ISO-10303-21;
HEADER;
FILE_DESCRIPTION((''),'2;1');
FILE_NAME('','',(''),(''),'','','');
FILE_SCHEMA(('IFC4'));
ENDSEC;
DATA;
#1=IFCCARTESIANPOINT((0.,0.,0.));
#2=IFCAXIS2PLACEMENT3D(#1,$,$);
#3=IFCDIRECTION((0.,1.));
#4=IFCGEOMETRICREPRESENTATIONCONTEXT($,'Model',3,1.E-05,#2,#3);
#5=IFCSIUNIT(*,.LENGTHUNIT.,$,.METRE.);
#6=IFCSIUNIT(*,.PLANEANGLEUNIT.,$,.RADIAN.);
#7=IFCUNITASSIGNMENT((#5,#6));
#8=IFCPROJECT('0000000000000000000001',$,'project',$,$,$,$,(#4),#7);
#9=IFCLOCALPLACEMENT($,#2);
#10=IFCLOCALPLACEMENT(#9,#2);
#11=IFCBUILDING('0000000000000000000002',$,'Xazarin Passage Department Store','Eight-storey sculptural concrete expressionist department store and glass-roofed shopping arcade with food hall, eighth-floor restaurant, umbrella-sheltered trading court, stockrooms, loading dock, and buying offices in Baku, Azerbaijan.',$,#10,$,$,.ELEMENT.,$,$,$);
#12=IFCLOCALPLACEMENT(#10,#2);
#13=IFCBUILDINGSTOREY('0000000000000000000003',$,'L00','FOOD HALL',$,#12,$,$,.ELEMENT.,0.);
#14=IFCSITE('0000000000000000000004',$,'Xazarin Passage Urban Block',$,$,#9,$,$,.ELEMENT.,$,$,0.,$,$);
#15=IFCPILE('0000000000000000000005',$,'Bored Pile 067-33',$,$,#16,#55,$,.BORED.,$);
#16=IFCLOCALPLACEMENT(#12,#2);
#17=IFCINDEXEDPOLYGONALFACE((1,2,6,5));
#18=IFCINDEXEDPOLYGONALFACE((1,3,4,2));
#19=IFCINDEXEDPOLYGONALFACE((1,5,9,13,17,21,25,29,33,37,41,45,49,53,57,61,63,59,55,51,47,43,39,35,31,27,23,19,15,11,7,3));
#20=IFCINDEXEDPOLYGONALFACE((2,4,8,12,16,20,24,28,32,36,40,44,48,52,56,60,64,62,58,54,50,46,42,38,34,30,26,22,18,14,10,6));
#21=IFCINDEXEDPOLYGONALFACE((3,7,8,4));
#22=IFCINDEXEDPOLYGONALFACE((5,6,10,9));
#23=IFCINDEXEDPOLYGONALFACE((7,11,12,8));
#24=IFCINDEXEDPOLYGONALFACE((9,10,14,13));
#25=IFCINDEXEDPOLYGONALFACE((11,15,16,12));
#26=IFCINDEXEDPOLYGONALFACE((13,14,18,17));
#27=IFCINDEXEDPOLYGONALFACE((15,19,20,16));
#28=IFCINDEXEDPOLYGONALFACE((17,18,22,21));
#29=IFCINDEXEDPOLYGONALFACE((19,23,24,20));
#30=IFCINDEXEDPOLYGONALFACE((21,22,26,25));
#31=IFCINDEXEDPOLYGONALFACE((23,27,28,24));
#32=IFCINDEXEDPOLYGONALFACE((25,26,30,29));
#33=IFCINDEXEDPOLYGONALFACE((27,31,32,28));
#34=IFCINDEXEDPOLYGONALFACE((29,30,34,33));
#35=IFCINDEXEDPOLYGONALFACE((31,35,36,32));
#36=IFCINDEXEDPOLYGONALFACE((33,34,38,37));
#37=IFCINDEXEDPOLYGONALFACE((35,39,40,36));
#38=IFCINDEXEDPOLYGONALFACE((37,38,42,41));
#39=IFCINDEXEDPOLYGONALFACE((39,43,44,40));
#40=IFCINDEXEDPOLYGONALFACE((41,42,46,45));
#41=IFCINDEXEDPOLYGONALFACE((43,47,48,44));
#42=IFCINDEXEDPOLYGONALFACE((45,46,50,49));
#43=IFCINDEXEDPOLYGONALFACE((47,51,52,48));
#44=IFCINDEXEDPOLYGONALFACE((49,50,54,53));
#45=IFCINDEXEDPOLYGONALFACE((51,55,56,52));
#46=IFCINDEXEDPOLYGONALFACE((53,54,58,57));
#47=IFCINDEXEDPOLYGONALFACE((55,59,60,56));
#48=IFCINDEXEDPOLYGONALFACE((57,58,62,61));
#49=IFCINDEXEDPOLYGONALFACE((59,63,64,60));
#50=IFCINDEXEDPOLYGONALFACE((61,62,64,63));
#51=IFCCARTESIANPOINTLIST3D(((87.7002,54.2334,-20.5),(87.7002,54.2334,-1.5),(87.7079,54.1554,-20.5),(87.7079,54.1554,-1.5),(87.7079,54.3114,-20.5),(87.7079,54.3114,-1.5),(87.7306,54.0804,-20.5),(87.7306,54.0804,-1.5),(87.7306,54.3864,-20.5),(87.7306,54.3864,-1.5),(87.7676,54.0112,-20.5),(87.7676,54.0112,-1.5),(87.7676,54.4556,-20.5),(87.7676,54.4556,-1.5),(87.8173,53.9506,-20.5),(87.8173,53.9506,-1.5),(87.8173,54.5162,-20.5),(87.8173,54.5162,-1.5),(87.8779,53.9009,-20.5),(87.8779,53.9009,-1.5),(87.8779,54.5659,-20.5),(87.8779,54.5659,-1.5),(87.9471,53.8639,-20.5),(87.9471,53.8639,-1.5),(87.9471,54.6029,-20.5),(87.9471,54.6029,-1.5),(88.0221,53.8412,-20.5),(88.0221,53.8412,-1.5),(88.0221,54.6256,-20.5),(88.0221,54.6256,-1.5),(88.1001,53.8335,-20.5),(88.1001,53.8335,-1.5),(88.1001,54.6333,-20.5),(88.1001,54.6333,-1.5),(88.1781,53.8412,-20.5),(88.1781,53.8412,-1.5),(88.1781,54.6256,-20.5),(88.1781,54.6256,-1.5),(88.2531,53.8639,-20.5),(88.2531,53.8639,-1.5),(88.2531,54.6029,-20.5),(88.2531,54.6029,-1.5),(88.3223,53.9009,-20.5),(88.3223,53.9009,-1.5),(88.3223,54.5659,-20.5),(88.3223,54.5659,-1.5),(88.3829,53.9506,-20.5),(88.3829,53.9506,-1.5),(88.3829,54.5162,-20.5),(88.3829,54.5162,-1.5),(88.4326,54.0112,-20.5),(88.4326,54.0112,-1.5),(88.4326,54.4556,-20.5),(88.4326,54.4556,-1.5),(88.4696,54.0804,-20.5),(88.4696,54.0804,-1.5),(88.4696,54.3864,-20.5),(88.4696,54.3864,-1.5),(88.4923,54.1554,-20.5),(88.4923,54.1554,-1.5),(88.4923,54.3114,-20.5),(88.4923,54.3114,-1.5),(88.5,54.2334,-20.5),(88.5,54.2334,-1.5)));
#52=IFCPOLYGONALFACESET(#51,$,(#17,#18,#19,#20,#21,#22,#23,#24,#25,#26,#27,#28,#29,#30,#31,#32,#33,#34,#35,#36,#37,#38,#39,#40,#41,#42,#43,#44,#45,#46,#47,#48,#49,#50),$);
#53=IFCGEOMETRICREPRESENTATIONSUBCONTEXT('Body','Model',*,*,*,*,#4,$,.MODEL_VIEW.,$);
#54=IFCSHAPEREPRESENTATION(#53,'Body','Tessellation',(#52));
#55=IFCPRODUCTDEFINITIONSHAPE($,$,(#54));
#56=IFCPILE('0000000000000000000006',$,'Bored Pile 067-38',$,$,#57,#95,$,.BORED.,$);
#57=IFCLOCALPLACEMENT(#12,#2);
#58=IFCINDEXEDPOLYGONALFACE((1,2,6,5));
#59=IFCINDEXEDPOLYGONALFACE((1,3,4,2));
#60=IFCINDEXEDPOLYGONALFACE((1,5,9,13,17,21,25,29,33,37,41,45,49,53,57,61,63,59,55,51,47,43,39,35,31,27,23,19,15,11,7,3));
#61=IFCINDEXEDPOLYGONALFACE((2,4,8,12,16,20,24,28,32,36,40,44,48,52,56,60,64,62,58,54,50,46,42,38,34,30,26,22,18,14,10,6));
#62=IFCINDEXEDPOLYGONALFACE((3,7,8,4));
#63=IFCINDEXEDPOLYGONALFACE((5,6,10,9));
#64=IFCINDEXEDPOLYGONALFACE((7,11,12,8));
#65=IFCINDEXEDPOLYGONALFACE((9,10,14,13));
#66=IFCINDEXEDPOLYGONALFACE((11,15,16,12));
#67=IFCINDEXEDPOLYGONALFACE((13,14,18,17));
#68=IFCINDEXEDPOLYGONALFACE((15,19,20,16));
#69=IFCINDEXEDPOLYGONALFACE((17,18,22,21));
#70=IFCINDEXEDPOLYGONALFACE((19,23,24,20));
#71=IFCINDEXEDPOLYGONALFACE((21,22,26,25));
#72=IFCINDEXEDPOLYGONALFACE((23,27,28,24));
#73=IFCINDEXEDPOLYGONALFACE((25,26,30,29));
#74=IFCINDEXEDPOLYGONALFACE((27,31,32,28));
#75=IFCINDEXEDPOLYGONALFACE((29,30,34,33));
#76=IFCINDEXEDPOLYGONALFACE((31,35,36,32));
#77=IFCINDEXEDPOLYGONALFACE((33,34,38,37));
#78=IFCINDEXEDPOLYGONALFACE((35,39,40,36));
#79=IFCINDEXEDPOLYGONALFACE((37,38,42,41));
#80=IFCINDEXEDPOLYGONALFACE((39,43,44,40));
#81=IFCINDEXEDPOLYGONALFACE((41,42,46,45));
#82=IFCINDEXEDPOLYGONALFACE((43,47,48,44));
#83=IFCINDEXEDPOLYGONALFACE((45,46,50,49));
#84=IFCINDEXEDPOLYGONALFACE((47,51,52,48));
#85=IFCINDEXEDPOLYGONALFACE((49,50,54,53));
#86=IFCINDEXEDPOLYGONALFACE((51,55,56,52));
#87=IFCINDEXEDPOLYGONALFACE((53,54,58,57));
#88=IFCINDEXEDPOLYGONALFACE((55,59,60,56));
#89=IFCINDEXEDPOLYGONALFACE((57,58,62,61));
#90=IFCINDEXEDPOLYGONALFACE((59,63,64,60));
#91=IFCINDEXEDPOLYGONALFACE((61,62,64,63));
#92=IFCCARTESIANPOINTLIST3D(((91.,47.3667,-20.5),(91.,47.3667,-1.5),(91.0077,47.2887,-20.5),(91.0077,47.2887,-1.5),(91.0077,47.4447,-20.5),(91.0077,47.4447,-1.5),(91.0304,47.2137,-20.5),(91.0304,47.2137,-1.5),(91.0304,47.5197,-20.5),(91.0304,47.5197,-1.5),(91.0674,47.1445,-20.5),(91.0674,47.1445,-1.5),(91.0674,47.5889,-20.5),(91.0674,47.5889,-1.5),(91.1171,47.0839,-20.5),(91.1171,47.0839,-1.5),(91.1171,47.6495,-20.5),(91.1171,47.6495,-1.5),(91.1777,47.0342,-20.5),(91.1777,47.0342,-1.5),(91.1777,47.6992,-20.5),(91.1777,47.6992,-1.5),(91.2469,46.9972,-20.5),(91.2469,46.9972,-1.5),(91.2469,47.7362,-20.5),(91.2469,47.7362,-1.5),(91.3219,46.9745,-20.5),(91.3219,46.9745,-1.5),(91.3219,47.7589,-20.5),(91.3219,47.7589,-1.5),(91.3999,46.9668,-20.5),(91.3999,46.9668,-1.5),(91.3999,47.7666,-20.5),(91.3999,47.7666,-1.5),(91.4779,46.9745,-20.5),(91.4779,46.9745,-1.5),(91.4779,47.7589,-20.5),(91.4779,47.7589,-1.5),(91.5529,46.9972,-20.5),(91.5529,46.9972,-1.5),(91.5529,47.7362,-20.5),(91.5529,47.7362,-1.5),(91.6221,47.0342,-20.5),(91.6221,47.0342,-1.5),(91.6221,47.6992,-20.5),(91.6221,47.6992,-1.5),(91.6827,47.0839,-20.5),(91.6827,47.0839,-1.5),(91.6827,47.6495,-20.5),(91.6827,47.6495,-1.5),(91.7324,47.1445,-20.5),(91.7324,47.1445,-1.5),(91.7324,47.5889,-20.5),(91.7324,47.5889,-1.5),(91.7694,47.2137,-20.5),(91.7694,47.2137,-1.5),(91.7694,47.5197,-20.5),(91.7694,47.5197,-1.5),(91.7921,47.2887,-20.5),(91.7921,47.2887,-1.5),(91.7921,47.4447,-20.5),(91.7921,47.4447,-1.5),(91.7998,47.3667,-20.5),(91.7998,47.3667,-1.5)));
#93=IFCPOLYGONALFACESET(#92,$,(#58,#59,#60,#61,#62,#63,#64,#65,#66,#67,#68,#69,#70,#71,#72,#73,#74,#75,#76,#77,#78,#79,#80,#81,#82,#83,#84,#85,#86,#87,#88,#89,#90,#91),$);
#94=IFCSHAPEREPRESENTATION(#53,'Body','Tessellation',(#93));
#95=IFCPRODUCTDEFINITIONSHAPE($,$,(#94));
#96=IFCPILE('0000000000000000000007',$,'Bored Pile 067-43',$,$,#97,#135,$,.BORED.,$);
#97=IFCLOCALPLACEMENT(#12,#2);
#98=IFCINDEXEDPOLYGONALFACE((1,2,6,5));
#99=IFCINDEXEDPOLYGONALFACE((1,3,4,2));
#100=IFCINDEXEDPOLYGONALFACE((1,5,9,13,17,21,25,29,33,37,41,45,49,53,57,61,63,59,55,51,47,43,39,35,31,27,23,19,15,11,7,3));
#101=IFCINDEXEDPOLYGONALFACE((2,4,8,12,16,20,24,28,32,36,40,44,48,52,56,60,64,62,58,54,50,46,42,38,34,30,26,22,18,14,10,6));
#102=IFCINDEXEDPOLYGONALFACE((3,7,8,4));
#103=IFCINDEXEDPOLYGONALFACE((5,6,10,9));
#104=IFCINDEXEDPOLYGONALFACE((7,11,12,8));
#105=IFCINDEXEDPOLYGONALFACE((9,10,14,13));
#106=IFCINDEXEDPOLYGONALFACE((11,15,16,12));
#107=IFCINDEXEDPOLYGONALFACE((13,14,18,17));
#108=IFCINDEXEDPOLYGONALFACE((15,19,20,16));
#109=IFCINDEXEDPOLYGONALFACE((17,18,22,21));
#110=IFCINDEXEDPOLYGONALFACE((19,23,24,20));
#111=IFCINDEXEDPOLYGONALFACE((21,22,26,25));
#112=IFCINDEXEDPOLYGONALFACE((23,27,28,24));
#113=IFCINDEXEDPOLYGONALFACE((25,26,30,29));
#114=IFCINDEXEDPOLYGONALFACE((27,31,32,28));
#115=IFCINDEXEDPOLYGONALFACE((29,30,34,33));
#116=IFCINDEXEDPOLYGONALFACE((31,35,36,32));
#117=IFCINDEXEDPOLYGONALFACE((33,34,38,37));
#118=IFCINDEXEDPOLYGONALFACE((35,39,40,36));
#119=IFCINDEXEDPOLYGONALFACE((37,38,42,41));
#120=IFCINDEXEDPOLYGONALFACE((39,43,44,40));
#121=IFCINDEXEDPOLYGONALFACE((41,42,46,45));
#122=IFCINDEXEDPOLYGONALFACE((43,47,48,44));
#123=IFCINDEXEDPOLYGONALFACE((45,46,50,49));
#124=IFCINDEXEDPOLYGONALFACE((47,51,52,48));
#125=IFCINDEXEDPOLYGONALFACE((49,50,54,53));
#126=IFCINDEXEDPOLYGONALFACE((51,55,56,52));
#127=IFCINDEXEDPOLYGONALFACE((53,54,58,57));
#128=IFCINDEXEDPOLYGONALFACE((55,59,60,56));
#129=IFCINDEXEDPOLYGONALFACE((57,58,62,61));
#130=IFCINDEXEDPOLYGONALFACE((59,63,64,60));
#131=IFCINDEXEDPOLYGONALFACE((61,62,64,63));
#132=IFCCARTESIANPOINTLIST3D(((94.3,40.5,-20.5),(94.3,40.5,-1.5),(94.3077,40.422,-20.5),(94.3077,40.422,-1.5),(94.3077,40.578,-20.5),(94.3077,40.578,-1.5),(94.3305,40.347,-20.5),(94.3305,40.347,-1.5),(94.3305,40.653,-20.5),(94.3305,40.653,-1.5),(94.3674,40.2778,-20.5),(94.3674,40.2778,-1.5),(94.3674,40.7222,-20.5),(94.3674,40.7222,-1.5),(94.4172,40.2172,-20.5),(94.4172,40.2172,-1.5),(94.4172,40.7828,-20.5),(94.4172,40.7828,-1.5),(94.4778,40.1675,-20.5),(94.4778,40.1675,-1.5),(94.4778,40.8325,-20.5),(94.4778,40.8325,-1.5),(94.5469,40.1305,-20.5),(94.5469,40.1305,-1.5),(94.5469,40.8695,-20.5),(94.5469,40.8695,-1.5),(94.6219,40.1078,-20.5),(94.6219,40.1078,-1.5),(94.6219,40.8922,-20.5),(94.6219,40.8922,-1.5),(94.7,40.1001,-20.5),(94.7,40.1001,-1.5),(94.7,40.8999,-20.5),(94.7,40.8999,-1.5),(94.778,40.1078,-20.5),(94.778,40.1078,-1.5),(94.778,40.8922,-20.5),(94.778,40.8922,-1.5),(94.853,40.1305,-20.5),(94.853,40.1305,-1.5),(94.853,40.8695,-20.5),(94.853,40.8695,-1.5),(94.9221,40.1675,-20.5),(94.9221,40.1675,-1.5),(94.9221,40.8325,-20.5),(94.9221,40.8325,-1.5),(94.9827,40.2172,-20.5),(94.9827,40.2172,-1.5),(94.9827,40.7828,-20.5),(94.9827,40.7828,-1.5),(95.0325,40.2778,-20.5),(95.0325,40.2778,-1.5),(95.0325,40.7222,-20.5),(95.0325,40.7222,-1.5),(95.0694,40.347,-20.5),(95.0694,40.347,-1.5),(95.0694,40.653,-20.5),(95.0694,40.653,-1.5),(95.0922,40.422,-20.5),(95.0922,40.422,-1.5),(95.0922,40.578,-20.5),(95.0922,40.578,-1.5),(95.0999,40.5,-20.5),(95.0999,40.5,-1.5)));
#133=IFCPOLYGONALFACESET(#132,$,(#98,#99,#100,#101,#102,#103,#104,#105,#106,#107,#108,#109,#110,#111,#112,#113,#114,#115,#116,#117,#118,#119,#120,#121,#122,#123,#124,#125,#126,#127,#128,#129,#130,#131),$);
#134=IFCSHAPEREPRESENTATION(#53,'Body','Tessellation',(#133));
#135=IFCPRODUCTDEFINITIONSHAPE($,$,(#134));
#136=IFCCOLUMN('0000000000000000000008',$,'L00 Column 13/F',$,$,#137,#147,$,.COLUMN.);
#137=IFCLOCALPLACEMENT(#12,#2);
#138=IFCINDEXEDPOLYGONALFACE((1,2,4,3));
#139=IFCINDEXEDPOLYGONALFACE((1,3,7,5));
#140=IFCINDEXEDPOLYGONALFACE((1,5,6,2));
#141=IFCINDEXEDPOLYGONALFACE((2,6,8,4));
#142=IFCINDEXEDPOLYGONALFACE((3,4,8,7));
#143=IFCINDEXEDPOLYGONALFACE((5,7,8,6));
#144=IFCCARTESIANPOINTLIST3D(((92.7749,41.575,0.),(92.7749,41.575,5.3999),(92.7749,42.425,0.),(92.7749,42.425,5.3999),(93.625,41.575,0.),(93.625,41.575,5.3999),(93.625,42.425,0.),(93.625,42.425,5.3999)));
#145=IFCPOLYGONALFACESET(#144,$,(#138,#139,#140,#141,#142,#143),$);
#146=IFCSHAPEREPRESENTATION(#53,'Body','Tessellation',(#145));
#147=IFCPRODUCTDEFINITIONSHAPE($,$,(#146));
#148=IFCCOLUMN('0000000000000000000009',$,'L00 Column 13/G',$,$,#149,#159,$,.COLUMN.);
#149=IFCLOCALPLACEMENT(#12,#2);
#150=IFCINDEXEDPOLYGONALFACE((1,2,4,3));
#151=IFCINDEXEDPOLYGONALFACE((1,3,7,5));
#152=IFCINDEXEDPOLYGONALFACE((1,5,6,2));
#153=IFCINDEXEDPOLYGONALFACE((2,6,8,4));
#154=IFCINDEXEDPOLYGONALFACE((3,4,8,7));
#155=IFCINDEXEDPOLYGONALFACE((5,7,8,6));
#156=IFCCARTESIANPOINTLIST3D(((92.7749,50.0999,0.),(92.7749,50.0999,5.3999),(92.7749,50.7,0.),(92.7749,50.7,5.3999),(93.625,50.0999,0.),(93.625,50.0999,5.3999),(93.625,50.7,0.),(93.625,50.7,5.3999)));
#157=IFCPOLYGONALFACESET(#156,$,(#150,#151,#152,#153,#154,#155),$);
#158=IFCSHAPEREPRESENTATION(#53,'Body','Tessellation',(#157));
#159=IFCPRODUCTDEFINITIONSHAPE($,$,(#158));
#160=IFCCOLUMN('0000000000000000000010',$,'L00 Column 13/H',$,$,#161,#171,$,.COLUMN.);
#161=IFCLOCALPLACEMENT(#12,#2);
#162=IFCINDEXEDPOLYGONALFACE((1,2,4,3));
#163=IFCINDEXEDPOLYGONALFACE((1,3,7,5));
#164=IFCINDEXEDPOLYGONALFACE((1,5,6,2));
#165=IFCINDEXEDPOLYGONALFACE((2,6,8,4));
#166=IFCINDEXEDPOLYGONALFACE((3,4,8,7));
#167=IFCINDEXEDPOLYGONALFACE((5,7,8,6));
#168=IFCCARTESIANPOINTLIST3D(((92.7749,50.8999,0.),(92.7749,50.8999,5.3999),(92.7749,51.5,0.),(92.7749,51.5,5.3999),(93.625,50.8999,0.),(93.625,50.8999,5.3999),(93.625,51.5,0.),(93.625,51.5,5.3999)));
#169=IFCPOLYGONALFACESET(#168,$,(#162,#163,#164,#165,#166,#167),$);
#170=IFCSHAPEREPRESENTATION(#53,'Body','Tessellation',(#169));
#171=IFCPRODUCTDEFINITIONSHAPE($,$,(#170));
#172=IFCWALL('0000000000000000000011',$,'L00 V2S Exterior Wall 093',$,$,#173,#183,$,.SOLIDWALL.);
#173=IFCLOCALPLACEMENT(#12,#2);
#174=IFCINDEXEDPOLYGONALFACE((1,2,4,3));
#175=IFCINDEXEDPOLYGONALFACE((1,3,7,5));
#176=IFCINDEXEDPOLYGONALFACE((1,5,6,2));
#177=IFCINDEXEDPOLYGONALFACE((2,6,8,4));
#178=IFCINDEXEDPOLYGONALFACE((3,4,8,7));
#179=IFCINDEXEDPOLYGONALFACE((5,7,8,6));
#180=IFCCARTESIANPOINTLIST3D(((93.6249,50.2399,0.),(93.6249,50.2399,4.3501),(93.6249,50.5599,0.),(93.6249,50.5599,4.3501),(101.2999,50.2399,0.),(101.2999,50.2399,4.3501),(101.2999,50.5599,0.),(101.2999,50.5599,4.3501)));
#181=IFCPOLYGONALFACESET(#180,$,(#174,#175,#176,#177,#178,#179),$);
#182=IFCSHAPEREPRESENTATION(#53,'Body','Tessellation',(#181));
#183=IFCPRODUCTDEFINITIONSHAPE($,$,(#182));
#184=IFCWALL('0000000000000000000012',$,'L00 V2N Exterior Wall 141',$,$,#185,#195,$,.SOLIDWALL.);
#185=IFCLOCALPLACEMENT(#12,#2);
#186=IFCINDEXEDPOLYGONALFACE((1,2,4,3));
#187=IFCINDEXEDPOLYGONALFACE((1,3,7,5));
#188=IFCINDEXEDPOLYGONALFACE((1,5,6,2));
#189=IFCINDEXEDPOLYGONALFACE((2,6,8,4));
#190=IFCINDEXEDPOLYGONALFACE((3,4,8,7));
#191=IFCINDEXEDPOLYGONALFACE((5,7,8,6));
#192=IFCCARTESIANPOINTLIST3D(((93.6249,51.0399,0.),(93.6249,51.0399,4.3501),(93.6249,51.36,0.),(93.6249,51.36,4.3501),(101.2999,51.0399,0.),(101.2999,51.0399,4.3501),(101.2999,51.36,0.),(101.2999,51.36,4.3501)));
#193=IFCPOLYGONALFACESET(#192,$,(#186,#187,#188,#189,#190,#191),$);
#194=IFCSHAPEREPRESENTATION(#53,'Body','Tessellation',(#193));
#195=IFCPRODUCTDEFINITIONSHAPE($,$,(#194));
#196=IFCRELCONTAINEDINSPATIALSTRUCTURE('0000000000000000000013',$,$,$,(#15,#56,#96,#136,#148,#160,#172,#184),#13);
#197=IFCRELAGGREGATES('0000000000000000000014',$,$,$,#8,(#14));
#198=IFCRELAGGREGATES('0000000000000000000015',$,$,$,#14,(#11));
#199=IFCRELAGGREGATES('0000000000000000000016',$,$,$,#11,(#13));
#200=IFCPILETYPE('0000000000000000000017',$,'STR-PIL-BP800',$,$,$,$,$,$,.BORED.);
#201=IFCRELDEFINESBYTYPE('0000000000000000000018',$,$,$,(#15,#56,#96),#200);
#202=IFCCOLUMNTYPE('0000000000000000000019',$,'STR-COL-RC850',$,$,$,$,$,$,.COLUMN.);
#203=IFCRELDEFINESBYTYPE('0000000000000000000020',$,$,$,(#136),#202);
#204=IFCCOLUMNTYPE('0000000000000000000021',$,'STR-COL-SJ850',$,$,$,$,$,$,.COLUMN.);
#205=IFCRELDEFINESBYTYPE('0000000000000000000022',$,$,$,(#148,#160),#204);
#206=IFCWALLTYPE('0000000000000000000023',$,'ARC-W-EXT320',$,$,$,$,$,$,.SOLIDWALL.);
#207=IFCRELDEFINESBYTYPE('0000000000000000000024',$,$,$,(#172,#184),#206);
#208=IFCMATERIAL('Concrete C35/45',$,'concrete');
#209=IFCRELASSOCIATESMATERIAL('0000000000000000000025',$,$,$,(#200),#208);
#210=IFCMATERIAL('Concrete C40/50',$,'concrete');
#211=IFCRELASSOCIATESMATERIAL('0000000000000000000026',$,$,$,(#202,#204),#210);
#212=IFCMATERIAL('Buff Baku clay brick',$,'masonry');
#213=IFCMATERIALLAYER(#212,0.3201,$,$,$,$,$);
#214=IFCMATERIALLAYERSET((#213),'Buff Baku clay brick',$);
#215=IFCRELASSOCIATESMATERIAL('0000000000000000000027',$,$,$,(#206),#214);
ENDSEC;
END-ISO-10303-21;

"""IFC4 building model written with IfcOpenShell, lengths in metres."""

from ifc_helpers import new_model, si_unit, direction, frame, frame_2d, origin, origin_2d, place, context, subcontext, project, spatial, rectangle, circle, extrude, material, layer, layer_set, material_profile, profile_set, type_object, element, save


model = new_model("IFC4")

# Units and contexts
model_context = context("Model", 3, precision=1e-05, world=origin(), true_north=direction((0.0, 1.0)))
body_context = subcontext(model_context, "Body", "Model", "MODEL_VIEW")
ifc_project = project(units=[si_unit("LENGTHUNIT", "METRE"), si_unit("PLANEANGLEUNIT", "RADIAN")], contexts=[model_context])

# Site, building, storey
site_placement = place(None, origin())
site = spatial("IfcSite", under=ifc_project, at=site_placement, Name="Xazarin Passage Urban Block", CompositionType="ELEMENT", RefElevation=0.0)
building_placement = place(site_placement, origin())
building = spatial("IfcBuilding", under=site, at=building_placement, Name="Xazarin Passage Department Store", Description="Eight-storey sculptural concrete expressionist department store and glass-roofed shopping arcade with food hall, eighth-floor restaurant, umbrella-sheltered trading court, stockrooms, loading dock, and buying offices in Baku, Azerbaijan.", CompositionType="ELEMENT")
storey_placement = place(building_placement, origin())
storey = spatial("IfcBuildingStorey", under=building, at=storey_placement, Name="L00", Description="FOOD HALL", CompositionType="ELEMENT", Elevation=0.0)

# Shared definitions
ifc_material_1 = material(Name="Concrete C35/45", Category="concrete")

# Piles
ifc_material_profile_1 = material_profile(ifc_material_1, circle(Radius=0.3999, at=origin_2d()), Name="BP 800")
ifc_profile_set_1 = profile_set([ifc_material_profile_1], Name="Concrete C35/45")
pile_type_1 = type_object("IfcPileType", Name="STR-PIL-BP800", PredefinedType="BORED", material=ifc_profile_set_1)
for number, where, z_axis, x_axis, name in (
    (1, (88.1001, 54.2334, -1.5), (0.0, 0.0, -1.0), (1.0, 0.0, 0.0), "Bored Pile 067-33"),
    (2, (91.3999, 47.3667, -1.5), (0.0, 0.0, -1.0), (1.0, 0.0, 0.0), "Bored Pile 067-38"),
    (3, (94.7, 40.5, -1.5), (0.0, 0.0, -1.0), (1.0, 0.0, 0.0), "Bored Pile 067-43"),
):
    element("IfcPile", number, at=place(storey_placement, frame(where, z_axis=z_axis, x_axis=x_axis)), inside=storey, type_object=pile_type_1, Name=name, PredefinedType="BORED", context=body_context, shape_type="SweptSolid", body=[
        extrude(circle(Radius=0.3999, at=origin_2d()), origin(), (0.0, 0.0, 1.0), 19.0),
    ])

# Columns
ifc_material_2 = material(Name="Concrete C40/50", Category="concrete")
ifc_material_profile_2 = material_profile(ifc_material_2, rectangle(XDim=0.8501, YDim=0.8501, at=origin_2d()), Name="RC 850x850")
ifc_profile_set_2 = profile_set([ifc_material_profile_2], Name="Concrete C40/50")
column_type_1 = type_object("IfcColumnType", Name="STR-COL-RC850", PredefinedType="COLUMN", material=ifc_profile_set_2)
column_placement = place(storey_placement, frame((93.2, 42.0, 0.0), z_axis=(0.0, 0.0, 1.0), x_axis=(1.0, 0.0, 0.0)))
element("IfcColumn", 4, at=column_placement, inside=storey, type_object=column_type_1, Name="L00 Column 13/F", PredefinedType="COLUMN", context=body_context, shape_type="SweptSolid", body=[
    extrude(rectangle(XDim=0.8501, YDim=0.8501, at=origin_2d()), origin(), (0.0, 0.0, 1.0), 5.3999),
])
ifc_material_profile_3 = material_profile(ifc_material_2, rectangle(XDim=0.6001, YDim=0.8501, at=origin_2d()), Name="RC 600x850")
ifc_profile_set_3 = profile_set([ifc_material_profile_3], Name="Concrete C40/50")
column_type_2 = type_object("IfcColumnType", Name="STR-COL-SJ850", PredefinedType="COLUMN", material=ifc_profile_set_3)
for number, where, z_axis, x_axis, name in (
    (5, (93.2, 50.3999, 0.0), (0.0, 0.0, 1.0), (0.0, 1.0, 0.0), "L00 Column 13/G"),
    (6, (93.2, 51.2, 0.0), (0.0, 0.0, 1.0), (0.0, 1.0, 0.0), "L00 Column 13/H"),
):
    element("IfcColumn", number, at=place(storey_placement, frame(where, z_axis=z_axis, x_axis=x_axis)), inside=storey, type_object=column_type_2, Name=name, PredefinedType="COLUMN", context=body_context, shape_type="SweptSolid", body=[
        extrude(rectangle(XDim=0.6001, YDim=0.8501, at=origin_2d()), origin(), (0.0, 0.0, 1.0), 5.3999),
    ])

# Walls
ifc_material_3 = material(Name="Buff Baku clay brick", Category="masonry")
ifc_layer_1 = layer(ifc_material_3, 0.3201)
ifc_layer_set_1 = layer_set([ifc_layer_1], Name="Buff Baku clay brick")
wall_type_1 = type_object("IfcWallType", Name="ARC-W-EXT320", PredefinedType="SOLIDWALL", material=ifc_layer_set_1)
for number, where, z_axis, x_axis, name in (
    (7, (93.625, 50.3999, 0.0), (0.0, 0.0, 1.0), (1.0, 0.0, 0.0), "L00 V2S Exterior Wall 093"),
    (8, (93.625, 51.2, 0.0), (0.0, 0.0, 1.0), (1.0, 0.0, 0.0), "L00 V2N Exterior Wall 141"),
):
    element("IfcWall", number, at=place(storey_placement, frame(where, z_axis=z_axis, x_axis=x_axis)), inside=storey, type_object=wall_type_1, Name=name, PredefinedType="SOLIDWALL", context=body_context, shape_type="SweptSolid", body=[
        extrude(rectangle(XDim=7.675, YDim=0.3201, at=frame_2d((3.8374, 0.0))), origin(), (0.0, 0.0, 1.0), 4.3501),
    ])

save(model, "model.ifc")
